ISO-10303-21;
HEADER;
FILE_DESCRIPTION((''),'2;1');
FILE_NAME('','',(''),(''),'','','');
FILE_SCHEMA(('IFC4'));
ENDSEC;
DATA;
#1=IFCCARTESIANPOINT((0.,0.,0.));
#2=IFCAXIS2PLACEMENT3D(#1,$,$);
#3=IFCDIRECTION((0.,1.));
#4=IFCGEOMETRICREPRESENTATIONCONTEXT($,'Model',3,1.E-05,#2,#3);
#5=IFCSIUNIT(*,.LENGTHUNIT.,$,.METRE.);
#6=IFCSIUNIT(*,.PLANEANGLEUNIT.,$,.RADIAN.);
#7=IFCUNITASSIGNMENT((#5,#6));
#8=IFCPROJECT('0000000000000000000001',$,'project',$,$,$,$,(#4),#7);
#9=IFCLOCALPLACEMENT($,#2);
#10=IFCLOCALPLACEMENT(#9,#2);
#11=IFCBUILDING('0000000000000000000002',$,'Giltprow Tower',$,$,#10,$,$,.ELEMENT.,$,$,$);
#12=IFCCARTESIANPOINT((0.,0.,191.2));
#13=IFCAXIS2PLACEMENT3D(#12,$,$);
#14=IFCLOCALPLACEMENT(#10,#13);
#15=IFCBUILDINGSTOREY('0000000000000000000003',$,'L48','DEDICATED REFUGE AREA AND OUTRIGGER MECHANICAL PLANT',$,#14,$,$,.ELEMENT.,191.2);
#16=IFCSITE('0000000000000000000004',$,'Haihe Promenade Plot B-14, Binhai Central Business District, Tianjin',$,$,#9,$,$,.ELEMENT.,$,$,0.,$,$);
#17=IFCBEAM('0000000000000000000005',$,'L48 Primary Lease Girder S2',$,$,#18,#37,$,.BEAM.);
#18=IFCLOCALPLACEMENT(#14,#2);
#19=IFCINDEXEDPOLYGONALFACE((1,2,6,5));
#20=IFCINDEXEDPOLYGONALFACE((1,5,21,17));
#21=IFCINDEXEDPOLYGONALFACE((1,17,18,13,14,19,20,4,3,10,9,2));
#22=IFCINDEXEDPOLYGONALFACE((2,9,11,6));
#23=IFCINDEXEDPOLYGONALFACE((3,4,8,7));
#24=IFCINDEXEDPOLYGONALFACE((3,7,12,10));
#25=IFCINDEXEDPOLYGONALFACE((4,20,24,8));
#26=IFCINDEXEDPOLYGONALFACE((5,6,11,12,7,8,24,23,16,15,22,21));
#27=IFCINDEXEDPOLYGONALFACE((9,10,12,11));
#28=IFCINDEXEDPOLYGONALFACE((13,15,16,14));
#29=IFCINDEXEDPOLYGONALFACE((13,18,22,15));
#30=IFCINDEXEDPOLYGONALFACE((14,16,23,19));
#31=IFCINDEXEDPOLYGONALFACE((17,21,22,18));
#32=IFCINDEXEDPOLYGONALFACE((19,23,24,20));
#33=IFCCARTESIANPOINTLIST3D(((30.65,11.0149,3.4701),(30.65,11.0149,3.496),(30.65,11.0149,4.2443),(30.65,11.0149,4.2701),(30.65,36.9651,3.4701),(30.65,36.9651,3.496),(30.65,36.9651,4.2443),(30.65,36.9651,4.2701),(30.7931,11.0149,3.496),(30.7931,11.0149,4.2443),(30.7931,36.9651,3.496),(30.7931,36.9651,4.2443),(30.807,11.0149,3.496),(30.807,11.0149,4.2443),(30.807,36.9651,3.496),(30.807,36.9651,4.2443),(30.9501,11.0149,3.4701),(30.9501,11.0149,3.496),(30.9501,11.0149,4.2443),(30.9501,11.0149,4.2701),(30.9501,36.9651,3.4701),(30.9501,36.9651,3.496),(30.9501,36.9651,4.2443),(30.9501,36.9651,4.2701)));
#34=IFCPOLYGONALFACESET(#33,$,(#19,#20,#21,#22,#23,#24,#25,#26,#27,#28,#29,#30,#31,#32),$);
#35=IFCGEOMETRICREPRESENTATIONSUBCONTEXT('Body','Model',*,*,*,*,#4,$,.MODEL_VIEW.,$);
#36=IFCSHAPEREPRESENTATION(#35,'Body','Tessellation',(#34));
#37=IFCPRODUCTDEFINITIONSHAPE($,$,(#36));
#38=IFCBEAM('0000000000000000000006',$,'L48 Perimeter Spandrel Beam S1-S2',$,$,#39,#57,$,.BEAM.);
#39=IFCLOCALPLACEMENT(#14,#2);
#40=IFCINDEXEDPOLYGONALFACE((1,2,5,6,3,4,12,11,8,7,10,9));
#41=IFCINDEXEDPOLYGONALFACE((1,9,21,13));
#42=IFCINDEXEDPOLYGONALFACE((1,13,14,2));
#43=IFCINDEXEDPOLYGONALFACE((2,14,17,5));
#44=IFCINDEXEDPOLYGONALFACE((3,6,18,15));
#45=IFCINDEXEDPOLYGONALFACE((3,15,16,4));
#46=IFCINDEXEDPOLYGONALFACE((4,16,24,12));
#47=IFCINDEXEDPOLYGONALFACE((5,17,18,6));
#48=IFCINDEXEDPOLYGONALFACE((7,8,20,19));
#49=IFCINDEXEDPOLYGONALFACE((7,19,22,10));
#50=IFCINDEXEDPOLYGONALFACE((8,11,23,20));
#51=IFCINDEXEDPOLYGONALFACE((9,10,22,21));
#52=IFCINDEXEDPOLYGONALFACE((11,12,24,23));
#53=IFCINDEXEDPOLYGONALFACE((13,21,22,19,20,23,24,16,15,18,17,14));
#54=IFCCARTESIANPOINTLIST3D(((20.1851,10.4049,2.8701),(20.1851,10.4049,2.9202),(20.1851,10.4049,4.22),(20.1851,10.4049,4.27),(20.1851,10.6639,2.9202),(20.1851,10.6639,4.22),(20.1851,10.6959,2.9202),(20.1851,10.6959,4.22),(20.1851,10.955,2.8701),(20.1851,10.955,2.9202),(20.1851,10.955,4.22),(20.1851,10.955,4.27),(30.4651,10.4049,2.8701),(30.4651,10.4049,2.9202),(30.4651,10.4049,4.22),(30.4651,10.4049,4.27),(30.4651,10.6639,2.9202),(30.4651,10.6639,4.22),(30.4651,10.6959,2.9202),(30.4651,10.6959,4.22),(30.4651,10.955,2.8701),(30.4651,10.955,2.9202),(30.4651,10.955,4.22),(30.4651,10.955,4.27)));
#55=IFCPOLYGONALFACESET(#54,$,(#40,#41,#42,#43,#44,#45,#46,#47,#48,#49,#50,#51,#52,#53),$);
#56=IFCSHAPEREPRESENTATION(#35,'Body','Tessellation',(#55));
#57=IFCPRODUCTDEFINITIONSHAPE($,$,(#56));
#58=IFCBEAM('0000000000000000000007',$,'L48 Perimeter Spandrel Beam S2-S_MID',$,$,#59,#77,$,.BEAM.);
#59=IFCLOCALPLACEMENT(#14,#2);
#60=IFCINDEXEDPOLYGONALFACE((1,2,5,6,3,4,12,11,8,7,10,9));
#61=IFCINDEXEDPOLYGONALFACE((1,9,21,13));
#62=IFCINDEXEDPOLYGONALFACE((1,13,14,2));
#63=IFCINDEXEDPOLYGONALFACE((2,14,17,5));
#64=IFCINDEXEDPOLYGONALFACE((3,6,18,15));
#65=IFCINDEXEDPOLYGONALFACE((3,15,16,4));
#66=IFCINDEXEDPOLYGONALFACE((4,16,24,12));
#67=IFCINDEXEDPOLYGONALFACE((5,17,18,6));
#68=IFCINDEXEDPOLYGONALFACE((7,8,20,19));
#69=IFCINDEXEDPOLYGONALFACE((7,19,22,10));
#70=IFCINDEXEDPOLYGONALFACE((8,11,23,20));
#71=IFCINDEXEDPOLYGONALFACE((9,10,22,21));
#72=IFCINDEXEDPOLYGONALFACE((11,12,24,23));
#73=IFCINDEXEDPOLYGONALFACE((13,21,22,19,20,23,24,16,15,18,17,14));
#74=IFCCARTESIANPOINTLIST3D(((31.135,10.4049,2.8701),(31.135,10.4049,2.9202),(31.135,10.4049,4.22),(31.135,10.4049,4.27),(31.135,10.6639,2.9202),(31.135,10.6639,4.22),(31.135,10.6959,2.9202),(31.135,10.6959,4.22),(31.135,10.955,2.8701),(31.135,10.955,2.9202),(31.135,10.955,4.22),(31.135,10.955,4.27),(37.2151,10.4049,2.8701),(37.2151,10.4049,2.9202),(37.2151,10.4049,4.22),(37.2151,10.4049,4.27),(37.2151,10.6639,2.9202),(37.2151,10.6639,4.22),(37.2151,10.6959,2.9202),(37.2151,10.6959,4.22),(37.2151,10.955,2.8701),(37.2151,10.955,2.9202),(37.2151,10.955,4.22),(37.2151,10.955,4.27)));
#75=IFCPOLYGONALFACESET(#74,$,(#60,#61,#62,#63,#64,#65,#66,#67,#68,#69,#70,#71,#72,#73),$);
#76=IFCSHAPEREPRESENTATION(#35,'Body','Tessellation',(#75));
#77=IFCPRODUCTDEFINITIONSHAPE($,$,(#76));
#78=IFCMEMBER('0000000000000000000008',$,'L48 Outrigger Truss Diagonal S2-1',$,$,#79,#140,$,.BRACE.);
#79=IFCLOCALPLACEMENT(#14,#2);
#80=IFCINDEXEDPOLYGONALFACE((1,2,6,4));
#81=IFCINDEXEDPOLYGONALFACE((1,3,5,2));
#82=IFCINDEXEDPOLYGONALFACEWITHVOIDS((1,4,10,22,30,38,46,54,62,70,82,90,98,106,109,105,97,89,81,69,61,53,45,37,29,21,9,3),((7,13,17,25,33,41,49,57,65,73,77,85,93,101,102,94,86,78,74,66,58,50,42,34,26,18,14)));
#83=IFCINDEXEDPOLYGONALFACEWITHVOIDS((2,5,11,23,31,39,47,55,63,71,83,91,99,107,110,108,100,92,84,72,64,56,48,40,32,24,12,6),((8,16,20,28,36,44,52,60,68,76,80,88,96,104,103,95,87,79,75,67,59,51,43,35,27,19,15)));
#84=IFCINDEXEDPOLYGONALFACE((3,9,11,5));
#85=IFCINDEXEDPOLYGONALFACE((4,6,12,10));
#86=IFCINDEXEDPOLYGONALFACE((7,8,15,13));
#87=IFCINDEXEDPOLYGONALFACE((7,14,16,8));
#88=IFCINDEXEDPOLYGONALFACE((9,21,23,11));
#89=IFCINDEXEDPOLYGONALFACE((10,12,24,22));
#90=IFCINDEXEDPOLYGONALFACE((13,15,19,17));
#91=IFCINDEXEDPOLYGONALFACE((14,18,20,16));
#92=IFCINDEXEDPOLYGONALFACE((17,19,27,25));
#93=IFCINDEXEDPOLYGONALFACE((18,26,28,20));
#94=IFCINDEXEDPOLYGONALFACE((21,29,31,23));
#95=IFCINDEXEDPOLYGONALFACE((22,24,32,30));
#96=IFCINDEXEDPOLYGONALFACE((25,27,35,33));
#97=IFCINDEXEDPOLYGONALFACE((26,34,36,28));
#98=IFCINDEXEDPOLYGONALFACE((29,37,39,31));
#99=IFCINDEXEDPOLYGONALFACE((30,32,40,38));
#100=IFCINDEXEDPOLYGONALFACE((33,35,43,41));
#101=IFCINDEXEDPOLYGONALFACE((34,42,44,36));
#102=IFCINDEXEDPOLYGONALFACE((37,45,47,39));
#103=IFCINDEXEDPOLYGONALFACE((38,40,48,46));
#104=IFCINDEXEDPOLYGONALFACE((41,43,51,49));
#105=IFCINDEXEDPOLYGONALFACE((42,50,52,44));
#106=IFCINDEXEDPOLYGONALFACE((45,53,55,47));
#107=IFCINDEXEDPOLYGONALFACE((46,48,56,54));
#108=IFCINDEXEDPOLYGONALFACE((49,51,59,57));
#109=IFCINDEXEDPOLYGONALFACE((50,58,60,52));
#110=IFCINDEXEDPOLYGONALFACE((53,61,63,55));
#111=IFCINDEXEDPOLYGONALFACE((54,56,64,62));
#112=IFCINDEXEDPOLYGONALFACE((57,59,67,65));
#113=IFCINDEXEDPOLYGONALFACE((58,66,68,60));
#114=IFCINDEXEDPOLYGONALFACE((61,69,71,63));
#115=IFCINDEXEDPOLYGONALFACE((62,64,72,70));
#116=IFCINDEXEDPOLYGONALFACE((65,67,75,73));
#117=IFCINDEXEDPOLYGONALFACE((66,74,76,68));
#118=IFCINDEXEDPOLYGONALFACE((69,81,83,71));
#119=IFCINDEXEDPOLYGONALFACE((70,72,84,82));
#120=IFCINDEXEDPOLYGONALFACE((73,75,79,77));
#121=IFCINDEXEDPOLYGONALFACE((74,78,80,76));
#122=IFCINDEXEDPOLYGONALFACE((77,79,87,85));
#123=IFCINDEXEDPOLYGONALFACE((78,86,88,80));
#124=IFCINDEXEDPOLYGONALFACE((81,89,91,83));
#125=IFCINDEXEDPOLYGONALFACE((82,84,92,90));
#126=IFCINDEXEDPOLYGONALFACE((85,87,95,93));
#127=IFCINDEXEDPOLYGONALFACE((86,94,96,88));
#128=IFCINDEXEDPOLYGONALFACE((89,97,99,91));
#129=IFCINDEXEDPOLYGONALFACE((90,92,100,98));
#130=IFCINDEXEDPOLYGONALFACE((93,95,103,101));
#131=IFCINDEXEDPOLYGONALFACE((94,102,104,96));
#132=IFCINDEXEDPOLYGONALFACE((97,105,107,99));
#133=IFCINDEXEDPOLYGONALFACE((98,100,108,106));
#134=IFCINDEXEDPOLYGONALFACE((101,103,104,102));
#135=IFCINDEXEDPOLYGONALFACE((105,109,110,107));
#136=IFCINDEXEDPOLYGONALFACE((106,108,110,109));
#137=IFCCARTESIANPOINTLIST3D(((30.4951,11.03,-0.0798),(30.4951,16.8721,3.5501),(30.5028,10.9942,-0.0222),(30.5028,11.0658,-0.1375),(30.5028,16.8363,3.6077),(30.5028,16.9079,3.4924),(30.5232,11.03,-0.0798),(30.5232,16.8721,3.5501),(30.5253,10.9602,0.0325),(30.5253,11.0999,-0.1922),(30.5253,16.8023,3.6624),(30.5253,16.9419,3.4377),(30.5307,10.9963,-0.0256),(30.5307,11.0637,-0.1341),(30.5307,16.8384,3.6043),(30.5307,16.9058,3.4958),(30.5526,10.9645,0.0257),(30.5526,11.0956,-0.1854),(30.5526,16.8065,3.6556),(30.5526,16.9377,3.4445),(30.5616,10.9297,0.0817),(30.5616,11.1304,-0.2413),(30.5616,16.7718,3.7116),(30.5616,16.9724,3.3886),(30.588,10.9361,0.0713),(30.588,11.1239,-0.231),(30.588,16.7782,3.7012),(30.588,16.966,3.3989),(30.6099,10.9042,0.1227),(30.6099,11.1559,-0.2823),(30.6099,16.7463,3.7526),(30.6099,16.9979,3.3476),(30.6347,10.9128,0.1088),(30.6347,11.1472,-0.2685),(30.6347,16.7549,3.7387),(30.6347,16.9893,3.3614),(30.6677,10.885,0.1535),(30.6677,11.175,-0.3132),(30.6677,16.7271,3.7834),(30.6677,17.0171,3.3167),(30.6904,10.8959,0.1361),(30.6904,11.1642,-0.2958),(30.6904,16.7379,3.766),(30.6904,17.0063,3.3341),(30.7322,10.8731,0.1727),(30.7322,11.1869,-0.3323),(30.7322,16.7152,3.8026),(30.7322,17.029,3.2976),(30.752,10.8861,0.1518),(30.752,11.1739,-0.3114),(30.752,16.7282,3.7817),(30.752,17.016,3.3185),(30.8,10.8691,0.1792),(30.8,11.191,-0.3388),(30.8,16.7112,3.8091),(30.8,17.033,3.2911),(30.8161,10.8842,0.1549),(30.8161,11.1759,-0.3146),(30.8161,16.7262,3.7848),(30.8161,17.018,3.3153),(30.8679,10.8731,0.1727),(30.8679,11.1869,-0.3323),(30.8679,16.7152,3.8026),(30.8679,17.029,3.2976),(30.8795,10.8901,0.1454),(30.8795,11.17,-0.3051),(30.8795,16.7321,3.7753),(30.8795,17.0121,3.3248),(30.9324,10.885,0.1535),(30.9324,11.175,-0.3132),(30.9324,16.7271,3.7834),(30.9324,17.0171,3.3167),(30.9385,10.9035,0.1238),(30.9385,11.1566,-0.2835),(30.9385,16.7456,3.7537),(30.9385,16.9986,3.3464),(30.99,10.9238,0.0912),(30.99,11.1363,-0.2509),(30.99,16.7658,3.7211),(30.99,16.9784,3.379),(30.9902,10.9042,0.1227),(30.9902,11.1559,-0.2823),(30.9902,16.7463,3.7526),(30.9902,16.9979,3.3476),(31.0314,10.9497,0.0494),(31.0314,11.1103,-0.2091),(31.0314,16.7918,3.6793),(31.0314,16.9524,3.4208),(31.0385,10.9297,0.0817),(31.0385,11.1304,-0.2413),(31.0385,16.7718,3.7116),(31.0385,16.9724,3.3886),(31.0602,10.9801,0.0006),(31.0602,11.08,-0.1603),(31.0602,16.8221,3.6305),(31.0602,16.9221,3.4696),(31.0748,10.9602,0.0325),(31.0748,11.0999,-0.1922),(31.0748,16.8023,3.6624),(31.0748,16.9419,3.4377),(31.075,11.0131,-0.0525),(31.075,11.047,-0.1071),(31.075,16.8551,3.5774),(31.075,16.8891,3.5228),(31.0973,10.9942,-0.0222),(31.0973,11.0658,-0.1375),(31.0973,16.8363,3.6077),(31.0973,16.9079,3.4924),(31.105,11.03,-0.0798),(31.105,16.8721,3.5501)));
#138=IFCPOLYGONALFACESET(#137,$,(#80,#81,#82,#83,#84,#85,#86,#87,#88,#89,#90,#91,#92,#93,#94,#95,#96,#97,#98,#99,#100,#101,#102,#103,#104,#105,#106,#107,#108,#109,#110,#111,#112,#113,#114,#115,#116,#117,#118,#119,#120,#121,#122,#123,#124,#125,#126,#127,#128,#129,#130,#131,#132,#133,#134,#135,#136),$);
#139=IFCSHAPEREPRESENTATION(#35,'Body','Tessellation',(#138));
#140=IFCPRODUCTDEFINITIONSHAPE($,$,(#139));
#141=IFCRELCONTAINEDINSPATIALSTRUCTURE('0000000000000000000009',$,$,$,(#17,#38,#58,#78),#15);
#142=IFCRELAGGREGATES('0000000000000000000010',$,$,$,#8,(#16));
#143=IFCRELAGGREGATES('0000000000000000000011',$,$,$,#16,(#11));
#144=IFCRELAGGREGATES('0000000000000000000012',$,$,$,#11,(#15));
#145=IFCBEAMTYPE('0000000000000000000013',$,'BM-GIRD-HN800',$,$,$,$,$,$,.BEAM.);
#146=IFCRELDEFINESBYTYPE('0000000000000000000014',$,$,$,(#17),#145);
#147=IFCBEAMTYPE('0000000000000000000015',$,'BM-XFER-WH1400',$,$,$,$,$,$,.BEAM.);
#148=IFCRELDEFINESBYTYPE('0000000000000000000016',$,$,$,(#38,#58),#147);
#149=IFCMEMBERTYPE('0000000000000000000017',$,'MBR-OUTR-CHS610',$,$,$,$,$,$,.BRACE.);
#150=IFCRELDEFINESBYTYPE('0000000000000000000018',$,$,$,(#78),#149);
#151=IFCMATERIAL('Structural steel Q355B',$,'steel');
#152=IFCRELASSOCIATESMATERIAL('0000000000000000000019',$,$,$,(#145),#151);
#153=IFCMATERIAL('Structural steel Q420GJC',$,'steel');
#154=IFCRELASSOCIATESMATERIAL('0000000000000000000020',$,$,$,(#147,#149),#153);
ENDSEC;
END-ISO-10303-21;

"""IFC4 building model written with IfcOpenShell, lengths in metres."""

from ifc_helpers import new_model, si_unit, direction, frame, origin, origin_2d, place, context, subcontext, project, spatial, hollow_circle, i_section, extrude, source, transform, mapped, material, material_profile, profile_set, type_object, element, save


model = new_model("IFC4")

# Units and contexts
model_context = context("Model", 3, precision=1e-05, world=origin(), true_north=direction((0.0, 1.0)))
body_context = subcontext(model_context, "Body", "Model", "MODEL_VIEW")
ifc_project = project(units=[si_unit("LENGTHUNIT", "METRE"), si_unit("PLANEANGLEUNIT", "RADIAN")], contexts=[model_context])

# Site, building, storey
site_placement = place(None, origin())
site = spatial("IfcSite", under=ifc_project, at=site_placement, Name="Haihe Promenade Plot B-14, Binhai Central Business District, Tianjin", CompositionType="ELEMENT", RefElevation=0.0)
building_placement = place(site_placement, origin())
building = spatial("IfcBuilding", under=site, at=building_placement, Name="Giltprow Tower", CompositionType="ELEMENT")
storey_placement = place(building_placement, frame((0.0, 0.0, 191.2)))
storey = spatial("IfcBuildingStorey", under=building, at=storey_placement, Name="L48", Description="DEDICATED REFUGE AREA AND OUTRIGGER MECHANICAL PLANT", CompositionType="ELEMENT", Elevation=191.2)

# Shared definitions
ifc_material_1 = material(Name="Structural steel Q420GJC", Category="steel")

# Beams
ifc_material_2 = material(Name="Structural steel Q355B", Category="steel")
ifc_material_profile_1 = material_profile(ifc_material_2, i_section(OverallWidth=0.3, OverallDepth=0.8, WebThickness=0.0139, FlangeThickness=0.0259, at=origin_2d()), Name="HN 800x300x14x26")
ifc_profile_set_1 = profile_set([ifc_material_profile_1], Name="Structural steel Q355B")
beam_type_1 = type_object("IfcBeamType", Name="BM-GIRD-HN800", PredefinedType="BEAM", material=ifc_profile_set_1)
shared_shape_1 = source(origin(), body_context, "Body", "SweptSolid", [
    extrude(i_section(OverallWidth=0.3, OverallDepth=0.8, WebThickness=0.0139, FlangeThickness=0.0259, at=origin_2d()), origin(), (0.0, 0.0, 1.0), 25.9502),
])
beam_1_placement = place(storey_placement, frame((30.8, 11.0149, 3.8701), z_axis=(0.0, 1.0, 0.0), x_axis=(-1.0, 0.0, 0.0)))
element("IfcBeam", 1, at=beam_1_placement, inside=storey, type_object=beam_type_1, Name="L48 Primary Lease Girder S2", PredefinedType="BEAM", context=body_context, shape_type="MappedRepresentation", body=[
    mapped(shared_shape_1, transform((0.0, 0.0, 0.0), x_axis=(1.0, 0.0, 0.0), y_axis=(0.0, 1.0, 0.0), z_axis=(0.0, 0.0, 1.0), scale=1.0)),
])
ifc_material_profile_2 = material_profile(ifc_material_1, i_section(OverallWidth=0.55, OverallDepth=1.3999, WebThickness=0.032, FlangeThickness=0.05, at=origin_2d()), Name="WH 1400x550x32x50")
ifc_profile_set_2 = profile_set([ifc_material_profile_2], Name="Structural steel Q420GJC")
beam_type_2 = type_object("IfcBeamType", Name="BM-XFER-WH1400", PredefinedType="BEAM", material=ifc_profile_set_2)
shared_shape_2 = source(origin(), body_context, "Body", "SweptSolid", [
    extrude(i_section(OverallWidth=0.55, OverallDepth=1.3999, WebThickness=0.032, FlangeThickness=0.05, at=origin_2d()), origin(), (0.0, 0.0, 1.0), 10.28),
])
beam_2_placement = place(storey_placement, frame((20.1851, 10.6799, 3.5701), z_axis=(1.0, 0.0, 0.0), x_axis=(0.0, 1.0, 0.0)))
element("IfcBeam", 2, at=beam_2_placement, inside=storey, type_object=beam_type_2, Name="L48 Perimeter Spandrel Beam S1-S2", PredefinedType="BEAM", context=body_context, shape_type="MappedRepresentation", body=[
    mapped(shared_shape_2, transform((0.0, 0.0, 0.0), x_axis=(1.0, 0.0, 0.0), y_axis=(0.0, 1.0, 0.0), z_axis=(0.0, 0.0, 1.0), scale=1.0)),
])
shared_shape_3 = source(origin(), body_context, "Body", "SweptSolid", [
    extrude(i_section(OverallWidth=0.55, OverallDepth=1.3999, WebThickness=0.032, FlangeThickness=0.05, at=origin_2d()), origin(), (0.0, 0.0, 1.0), 6.0801),
])
beam_3_placement = place(storey_placement, frame((31.135, 10.6799, 3.5701), z_axis=(1.0, 0.0, 0.0), x_axis=(0.0, 1.0, 0.0)))
element("IfcBeam", 3, at=beam_3_placement, inside=storey, type_object=beam_type_2, Name="L48 Perimeter Spandrel Beam S2-S_MID", PredefinedType="BEAM", context=body_context, shape_type="MappedRepresentation", body=[
    mapped(shared_shape_3, transform((0.0, 0.0, 0.0), x_axis=(1.0, 0.0, 0.0), y_axis=(0.0, 1.0, 0.0), z_axis=(0.0, 0.0, 1.0), scale=1.0)),
])

# Member
ifc_material_profile_3 = material_profile(ifc_material_1, hollow_circle(Radius=0.3049, WallThickness=0.0281, at=origin_2d()), Name="CHS 610x28")
ifc_profile_set_3 = profile_set([ifc_material_profile_3], Name="Structural steel Q420GJC")
member_type_1 = type_object("IfcMemberType", Name="MBR-OUTR-CHS610", PredefinedType="BRACE", material=ifc_profile_set_3)
shared_shape_4 = source(origin(), body_context, "Body", "SweptSolid", [
    extrude(hollow_circle(Radius=0.3049, WallThickness=0.0281, at=origin_2d()), origin(), (0.0, 0.0, 1.0), 6.8779),
])
member_1_placement = place(storey_placement, frame((30.8, 11.03, -0.0798), z_axis=(0.0, 0.849393, 0.52776), x_axis=(-1.0, 0.0, 0.0)))
element("IfcMember", 4, at=member_1_placement, inside=storey, type_object=member_type_1, Name="L48 Outrigger Truss Diagonal S2-1", PredefinedType="BRACE", context=body_context, shape_type="MappedRepresentation", body=[
    mapped(shared_shape_4, transform((0.0, 0.0, 0.0), x_axis=(1.0, 0.0, 0.0), y_axis=(0.0, 1.0, 0.0), z_axis=(0.0, 0.0, 1.0), scale=1.0)),
])

save(model, "model.ifc")
